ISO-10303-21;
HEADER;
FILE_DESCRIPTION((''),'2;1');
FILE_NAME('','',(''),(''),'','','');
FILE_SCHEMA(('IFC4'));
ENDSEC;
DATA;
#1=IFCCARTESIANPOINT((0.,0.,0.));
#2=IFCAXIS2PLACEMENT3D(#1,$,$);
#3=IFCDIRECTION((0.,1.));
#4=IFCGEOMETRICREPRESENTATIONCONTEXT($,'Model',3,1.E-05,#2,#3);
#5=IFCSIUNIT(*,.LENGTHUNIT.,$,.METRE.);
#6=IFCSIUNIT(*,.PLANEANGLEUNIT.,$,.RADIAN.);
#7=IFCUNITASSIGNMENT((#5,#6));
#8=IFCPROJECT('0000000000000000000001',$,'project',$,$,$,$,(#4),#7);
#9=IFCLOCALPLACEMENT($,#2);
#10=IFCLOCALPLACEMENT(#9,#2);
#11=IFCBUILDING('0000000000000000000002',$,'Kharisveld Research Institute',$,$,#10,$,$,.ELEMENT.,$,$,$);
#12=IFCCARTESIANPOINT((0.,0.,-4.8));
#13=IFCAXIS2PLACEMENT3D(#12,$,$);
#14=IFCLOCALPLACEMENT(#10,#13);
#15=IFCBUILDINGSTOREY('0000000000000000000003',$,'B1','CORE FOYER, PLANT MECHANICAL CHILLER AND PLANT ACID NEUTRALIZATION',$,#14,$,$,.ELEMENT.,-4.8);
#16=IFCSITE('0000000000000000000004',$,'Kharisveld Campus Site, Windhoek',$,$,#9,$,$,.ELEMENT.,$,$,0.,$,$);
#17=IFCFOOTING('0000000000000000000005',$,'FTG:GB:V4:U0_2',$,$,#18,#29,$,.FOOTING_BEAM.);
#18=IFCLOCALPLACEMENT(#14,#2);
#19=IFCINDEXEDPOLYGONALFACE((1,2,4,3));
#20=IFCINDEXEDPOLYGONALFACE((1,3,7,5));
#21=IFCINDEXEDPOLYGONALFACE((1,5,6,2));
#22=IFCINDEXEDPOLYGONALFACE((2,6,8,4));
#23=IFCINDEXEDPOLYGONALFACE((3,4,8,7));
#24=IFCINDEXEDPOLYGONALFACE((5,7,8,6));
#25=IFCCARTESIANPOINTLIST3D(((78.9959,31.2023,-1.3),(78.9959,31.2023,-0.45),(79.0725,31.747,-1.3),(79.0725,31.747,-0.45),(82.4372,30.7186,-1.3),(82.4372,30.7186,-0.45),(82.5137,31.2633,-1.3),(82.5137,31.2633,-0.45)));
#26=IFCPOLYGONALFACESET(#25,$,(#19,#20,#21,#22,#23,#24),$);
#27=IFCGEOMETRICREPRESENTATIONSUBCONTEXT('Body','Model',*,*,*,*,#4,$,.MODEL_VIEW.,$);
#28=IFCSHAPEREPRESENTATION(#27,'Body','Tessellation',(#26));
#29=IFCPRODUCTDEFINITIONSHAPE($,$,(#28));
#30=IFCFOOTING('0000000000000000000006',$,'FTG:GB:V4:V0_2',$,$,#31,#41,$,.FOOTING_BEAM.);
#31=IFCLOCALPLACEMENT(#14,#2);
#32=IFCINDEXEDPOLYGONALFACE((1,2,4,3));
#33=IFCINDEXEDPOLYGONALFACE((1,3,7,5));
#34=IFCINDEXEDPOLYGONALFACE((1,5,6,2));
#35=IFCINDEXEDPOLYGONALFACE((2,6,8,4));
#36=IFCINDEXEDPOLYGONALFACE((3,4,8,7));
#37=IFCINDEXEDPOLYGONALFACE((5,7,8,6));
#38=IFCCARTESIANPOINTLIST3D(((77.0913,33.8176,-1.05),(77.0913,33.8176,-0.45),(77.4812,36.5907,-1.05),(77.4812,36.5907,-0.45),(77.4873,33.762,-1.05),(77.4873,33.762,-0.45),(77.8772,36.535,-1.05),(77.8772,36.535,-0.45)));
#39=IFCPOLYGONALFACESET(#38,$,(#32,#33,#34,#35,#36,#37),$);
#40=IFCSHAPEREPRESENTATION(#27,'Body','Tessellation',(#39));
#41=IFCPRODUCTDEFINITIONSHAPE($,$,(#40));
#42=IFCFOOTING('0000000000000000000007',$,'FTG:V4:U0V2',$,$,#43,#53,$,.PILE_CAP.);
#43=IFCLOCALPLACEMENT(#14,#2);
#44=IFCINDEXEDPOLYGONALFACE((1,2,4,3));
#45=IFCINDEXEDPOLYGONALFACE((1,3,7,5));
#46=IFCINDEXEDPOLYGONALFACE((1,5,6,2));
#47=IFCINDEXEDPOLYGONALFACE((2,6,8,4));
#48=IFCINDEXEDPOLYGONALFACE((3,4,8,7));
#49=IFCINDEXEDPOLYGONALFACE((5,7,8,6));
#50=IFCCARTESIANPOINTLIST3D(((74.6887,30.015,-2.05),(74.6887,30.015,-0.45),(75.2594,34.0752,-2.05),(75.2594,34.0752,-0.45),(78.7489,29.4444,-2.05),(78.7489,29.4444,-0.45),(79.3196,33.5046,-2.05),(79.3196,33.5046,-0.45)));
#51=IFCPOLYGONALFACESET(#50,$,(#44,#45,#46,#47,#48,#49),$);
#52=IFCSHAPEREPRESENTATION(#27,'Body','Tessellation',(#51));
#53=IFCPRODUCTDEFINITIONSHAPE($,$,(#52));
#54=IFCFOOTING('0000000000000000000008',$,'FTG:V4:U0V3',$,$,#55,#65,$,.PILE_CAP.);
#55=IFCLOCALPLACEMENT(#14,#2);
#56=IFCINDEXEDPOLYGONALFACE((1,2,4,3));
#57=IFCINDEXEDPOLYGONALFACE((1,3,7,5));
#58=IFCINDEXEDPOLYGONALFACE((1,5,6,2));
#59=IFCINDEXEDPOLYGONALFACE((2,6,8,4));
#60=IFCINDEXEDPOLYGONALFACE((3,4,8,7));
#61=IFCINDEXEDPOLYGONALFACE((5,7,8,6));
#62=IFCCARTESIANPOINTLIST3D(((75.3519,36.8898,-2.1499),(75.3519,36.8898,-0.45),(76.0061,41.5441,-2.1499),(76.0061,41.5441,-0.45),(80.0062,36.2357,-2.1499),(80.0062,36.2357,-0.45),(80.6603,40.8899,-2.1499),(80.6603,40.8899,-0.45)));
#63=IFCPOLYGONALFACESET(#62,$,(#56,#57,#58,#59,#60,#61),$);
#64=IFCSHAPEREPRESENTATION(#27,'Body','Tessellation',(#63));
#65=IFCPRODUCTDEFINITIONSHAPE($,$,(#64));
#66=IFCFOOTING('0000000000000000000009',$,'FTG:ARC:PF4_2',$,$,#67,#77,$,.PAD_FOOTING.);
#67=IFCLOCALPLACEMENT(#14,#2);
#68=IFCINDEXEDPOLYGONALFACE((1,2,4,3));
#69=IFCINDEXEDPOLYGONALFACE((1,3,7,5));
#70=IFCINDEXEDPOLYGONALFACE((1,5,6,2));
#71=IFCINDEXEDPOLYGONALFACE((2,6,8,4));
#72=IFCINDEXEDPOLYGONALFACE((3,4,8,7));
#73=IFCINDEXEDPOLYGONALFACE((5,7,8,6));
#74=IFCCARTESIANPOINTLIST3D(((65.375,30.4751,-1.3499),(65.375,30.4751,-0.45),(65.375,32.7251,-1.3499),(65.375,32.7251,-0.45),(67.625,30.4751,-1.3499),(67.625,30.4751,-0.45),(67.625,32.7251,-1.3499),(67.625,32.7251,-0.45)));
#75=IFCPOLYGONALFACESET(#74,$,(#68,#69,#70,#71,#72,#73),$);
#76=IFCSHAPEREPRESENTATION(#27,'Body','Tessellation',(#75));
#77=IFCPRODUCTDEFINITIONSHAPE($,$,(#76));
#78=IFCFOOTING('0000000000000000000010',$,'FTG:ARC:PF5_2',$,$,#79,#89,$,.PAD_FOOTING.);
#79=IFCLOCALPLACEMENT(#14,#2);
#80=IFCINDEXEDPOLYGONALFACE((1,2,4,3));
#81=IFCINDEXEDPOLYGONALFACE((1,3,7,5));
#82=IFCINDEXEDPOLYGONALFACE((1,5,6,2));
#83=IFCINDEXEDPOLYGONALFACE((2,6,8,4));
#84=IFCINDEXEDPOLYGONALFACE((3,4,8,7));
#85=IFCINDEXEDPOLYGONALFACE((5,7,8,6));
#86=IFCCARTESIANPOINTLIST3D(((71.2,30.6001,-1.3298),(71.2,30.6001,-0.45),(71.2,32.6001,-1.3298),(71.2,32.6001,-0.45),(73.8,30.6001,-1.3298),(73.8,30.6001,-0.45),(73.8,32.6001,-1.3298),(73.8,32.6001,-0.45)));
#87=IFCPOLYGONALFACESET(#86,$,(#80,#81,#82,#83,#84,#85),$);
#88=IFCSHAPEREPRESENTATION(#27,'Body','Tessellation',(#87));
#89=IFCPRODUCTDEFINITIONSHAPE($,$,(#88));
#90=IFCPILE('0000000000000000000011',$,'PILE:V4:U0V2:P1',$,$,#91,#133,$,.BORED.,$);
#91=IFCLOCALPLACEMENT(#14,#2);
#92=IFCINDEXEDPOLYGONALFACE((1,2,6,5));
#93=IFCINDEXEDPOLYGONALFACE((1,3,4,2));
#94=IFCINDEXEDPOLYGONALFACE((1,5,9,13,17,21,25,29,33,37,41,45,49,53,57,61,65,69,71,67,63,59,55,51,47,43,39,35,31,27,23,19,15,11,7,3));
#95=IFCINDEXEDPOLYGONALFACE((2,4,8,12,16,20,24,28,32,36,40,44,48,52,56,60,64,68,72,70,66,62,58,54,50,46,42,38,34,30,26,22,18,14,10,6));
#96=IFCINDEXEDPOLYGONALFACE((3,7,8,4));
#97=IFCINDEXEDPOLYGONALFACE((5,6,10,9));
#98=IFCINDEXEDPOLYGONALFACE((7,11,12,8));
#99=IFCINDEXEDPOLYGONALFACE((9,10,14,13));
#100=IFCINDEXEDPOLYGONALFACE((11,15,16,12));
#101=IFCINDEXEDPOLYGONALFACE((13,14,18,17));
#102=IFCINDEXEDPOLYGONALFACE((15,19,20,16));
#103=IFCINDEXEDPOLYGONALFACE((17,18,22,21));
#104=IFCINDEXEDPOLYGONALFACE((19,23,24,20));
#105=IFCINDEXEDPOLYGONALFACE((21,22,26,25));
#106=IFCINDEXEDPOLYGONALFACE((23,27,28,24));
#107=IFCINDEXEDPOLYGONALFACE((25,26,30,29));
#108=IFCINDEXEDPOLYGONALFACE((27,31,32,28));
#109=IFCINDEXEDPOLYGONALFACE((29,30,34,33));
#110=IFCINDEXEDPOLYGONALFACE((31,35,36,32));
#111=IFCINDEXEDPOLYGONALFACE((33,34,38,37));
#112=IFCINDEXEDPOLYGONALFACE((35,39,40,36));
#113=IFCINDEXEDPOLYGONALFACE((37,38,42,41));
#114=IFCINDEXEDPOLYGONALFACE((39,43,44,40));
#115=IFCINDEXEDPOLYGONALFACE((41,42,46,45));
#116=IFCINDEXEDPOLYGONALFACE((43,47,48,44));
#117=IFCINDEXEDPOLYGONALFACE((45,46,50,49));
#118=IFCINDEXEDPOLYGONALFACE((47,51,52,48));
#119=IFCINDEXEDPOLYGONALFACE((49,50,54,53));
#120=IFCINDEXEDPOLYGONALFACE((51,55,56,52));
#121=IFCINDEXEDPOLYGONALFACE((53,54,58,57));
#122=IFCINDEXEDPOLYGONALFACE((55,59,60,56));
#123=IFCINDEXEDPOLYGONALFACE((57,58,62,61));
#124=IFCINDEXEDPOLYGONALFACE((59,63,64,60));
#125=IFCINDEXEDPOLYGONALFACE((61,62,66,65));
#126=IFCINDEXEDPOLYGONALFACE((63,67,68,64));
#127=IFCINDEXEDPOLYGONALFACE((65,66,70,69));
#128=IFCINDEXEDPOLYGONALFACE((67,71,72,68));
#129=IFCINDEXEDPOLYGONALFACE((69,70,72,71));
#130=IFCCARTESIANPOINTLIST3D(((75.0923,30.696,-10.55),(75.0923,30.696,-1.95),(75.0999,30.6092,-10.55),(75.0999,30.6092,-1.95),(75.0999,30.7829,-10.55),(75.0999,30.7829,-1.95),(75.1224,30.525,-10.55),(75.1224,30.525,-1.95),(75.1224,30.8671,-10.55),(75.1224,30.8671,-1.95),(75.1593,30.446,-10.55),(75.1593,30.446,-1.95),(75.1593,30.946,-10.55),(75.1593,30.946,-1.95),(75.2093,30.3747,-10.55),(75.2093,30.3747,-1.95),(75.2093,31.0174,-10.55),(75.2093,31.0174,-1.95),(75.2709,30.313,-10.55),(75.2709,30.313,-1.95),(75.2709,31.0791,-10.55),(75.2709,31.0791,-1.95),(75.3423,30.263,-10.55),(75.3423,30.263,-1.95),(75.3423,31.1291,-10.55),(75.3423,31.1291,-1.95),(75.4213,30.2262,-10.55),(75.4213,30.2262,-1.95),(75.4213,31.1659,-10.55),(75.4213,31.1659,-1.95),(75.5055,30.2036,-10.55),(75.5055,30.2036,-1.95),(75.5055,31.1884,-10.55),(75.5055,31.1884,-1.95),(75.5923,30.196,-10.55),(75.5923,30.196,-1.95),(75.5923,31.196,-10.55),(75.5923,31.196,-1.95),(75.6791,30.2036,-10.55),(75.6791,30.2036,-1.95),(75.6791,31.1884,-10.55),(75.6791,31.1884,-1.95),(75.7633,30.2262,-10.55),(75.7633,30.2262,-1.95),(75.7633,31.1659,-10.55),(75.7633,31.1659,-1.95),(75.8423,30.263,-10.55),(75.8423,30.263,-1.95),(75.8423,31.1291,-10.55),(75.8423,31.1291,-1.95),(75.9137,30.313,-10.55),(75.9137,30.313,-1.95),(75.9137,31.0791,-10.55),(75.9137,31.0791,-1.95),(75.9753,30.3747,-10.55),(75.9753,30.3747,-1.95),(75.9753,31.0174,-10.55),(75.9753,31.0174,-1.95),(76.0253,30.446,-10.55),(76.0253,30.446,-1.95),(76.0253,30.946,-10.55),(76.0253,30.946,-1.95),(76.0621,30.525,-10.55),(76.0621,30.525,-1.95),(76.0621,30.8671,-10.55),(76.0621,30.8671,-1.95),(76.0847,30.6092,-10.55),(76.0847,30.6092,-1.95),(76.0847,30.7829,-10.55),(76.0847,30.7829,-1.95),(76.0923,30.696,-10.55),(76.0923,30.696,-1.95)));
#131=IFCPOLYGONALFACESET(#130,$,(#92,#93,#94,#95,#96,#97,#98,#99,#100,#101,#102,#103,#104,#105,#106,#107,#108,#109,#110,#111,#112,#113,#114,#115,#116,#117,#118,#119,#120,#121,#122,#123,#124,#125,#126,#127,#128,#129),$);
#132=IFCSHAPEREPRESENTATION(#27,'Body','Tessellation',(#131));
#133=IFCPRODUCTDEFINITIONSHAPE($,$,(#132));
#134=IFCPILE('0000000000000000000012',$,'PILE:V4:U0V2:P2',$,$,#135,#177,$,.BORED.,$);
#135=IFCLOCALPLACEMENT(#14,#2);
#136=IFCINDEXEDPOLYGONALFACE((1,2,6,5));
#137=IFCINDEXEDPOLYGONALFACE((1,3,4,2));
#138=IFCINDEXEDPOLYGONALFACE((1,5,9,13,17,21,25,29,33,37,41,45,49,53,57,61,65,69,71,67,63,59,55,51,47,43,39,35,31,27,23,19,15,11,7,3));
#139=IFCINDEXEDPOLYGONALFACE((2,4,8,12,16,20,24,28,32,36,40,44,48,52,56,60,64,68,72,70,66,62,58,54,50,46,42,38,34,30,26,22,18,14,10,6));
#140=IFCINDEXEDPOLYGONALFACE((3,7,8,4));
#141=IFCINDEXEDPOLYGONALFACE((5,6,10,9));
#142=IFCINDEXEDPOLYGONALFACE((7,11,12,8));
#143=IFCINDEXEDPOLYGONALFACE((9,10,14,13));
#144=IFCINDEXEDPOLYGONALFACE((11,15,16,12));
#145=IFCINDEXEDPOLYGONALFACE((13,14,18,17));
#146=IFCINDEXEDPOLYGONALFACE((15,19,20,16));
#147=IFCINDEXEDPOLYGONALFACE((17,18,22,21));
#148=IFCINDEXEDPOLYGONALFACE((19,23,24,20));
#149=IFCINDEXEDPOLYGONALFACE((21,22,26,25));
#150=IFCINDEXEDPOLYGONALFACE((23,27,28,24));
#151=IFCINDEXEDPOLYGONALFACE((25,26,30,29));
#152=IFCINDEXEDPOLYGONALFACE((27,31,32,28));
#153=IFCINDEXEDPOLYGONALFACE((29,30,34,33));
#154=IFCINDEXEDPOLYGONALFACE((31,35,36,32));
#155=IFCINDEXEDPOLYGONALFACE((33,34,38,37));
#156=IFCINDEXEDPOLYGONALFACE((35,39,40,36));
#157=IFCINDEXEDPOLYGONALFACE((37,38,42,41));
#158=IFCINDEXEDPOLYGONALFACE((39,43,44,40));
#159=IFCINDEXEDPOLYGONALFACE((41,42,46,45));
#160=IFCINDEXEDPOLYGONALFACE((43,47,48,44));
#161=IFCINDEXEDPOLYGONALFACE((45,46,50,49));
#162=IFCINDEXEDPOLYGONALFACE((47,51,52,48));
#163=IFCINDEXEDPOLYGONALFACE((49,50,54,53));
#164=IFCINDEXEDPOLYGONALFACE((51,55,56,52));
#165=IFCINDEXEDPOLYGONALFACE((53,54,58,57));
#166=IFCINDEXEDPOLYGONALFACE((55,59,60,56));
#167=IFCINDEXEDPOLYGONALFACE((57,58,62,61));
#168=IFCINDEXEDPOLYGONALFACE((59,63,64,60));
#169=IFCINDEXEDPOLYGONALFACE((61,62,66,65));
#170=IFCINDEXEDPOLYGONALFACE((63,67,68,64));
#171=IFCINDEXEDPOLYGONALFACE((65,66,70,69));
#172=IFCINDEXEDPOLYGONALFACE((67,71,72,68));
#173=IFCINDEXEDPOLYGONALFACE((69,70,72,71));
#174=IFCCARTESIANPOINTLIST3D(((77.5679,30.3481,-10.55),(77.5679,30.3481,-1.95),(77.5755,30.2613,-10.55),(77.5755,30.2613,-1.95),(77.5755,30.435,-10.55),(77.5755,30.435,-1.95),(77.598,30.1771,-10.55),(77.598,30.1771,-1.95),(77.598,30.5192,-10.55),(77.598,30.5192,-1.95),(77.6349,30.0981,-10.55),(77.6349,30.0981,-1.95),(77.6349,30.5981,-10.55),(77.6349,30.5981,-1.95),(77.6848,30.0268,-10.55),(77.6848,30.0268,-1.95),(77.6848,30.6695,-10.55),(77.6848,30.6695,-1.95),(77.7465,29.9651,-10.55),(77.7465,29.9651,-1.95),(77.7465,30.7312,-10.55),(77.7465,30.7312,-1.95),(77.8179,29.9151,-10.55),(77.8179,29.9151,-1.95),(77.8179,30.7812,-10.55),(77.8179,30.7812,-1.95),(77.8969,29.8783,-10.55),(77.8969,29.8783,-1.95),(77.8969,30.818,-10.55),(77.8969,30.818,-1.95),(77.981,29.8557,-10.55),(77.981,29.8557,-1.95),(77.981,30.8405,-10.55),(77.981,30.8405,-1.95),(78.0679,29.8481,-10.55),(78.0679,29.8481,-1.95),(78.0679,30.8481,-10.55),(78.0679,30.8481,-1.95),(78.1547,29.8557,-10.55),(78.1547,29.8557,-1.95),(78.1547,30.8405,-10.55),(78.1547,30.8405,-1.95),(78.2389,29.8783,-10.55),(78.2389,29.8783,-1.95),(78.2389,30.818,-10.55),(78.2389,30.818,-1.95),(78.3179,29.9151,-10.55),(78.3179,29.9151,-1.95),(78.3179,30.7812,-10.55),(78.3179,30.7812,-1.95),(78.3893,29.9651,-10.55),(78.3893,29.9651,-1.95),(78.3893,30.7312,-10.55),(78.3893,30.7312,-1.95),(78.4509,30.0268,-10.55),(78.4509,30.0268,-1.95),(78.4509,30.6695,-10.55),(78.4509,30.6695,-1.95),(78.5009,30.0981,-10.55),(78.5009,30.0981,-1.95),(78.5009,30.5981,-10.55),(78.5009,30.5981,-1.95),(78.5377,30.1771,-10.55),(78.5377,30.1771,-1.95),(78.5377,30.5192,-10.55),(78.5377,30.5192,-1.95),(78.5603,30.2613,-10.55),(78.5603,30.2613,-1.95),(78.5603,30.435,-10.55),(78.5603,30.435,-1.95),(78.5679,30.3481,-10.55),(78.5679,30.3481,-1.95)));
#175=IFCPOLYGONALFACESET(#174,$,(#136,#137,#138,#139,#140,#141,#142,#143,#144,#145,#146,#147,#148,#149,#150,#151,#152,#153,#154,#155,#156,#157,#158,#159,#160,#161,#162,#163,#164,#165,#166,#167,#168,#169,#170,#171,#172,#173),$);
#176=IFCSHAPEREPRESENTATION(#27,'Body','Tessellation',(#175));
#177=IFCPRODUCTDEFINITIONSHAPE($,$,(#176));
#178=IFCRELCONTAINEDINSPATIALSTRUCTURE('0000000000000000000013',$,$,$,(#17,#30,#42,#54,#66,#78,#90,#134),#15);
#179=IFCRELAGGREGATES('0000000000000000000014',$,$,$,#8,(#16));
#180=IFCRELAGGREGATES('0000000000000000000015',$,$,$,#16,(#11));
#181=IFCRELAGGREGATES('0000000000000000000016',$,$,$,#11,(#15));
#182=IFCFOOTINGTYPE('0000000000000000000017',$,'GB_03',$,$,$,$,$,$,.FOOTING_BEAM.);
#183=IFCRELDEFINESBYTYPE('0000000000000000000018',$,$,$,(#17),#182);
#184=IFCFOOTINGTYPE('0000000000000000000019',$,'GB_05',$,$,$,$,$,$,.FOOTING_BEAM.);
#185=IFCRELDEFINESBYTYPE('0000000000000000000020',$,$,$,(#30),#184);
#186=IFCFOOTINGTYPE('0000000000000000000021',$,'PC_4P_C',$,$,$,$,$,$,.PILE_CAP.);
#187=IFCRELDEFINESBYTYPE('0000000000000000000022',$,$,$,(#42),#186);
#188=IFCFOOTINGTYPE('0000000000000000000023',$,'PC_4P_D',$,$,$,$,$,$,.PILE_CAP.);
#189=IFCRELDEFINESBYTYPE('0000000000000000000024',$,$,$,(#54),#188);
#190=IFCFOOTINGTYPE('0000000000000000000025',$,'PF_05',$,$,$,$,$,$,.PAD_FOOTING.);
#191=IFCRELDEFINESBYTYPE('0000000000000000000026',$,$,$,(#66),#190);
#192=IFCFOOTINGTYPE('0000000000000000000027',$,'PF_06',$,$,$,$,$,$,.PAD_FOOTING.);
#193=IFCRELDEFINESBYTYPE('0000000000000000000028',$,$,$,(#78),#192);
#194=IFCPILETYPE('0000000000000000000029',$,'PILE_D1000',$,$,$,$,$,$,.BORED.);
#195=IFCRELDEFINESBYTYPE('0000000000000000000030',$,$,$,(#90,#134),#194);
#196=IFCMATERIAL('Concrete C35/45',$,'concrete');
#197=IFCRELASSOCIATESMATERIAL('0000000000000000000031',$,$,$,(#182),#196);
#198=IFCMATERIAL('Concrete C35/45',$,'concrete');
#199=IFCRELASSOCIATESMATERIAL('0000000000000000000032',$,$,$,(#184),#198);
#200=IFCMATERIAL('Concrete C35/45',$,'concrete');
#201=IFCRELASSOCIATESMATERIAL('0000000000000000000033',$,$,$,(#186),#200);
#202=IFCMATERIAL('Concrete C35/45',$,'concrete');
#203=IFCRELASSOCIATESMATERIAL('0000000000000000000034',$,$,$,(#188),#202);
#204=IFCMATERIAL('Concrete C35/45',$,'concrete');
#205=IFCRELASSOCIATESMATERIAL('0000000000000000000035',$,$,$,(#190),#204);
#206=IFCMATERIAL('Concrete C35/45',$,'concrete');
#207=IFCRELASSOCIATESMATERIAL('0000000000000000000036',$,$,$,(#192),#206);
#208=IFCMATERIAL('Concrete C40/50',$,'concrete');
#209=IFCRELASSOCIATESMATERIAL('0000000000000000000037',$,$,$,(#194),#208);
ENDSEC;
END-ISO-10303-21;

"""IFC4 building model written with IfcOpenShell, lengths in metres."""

from ifc_helpers import new_model, si_unit, direction, frame, origin, origin_2d, place, context, subcontext, project, spatial, rectangle, circle, extrude, material, material_profile, profile_set, type_object, element, save


model = new_model("IFC4")

# Units and contexts
model_context = context("Model", 3, precision=1e-05, world=origin(), true_north=direction((0.0, 1.0)))
body_context = subcontext(model_context, "Body", "Model", "MODEL_VIEW")
ifc_project = project(units=[si_unit("LENGTHUNIT", "METRE"), si_unit("PLANEANGLEUNIT", "RADIAN")], contexts=[model_context])

# Site, building, storey
site_placement = place(None, origin())
site = spatial("IfcSite", under=ifc_project, at=site_placement, Name="Kharisveld Campus Site, Windhoek", CompositionType="ELEMENT", RefElevation=0.0)
building_placement = place(site_placement, origin())
building = spatial("IfcBuilding", under=site, at=building_placement, Name="Kharisveld Research Institute", CompositionType="ELEMENT")
storey_placement = place(building_placement, frame((0.0, 0.0, -4.8)))
storey = spatial("IfcBuildingStorey", under=building, at=storey_placement, Name="B1", Description="CORE FOYER, PLANT MECHANICAL CHILLER AND PLANT ACID NEUTRALIZATION", CompositionType="ELEMENT", Elevation=-4.8)

# Footings
ifc_material_1 = material(Name="Concrete C35/45", Category="concrete")
ifc_material_profile_1 = material_profile(ifc_material_1, rectangle(XDim=0.55, YDim=0.8501, at=origin_2d()))
ifc_profile_set_1 = profile_set([ifc_material_profile_1], Name="Concrete C35/45")
footing_type_1 = type_object("IfcFootingType", Name="GB_03", PredefinedType="FOOTING_BEAM", material=ifc_profile_set_1)
footing_1_placement = place(storey_placement, frame((79.0342, 31.4746, -0.875), z_axis=(0.990267, -0.139178, 0.0), x_axis=(0.139178, 0.990267, 0.0)))
element("IfcFooting", 1, at=footing_1_placement, inside=storey, type_object=footing_type_1, Name="FTG:GB:V4:U0_2", PredefinedType="FOOTING_BEAM", context=body_context, shape_type="SweptSolid", body=[
    extrude(rectangle(XDim=0.55, YDim=0.8501, at=origin_2d()), origin(), (0.0, 0.0, 1.0), 3.4751),
])
ifc_material_2 = material(Name="Concrete C35/45", Category="concrete")
ifc_material_profile_2 = material_profile(ifc_material_2, rectangle(XDim=0.3999, YDim=0.6001, at=origin_2d()))
ifc_profile_set_2 = profile_set([ifc_material_profile_2], Name="Concrete C35/45")
footing_type_2 = type_object("IfcFootingType", Name="GB_05", PredefinedType="FOOTING_BEAM", material=ifc_profile_set_2)
footing_2_placement = place(storey_placement, frame((77.2893, 33.7898, -0.75), z_axis=(0.139236, 0.990259, 0.0), x_axis=(-0.990259, 0.139236, 0.0)))
element("IfcFooting", 2, at=footing_2_placement, inside=storey, type_object=footing_type_2, Name="FTG:GB:V4:V0_2", PredefinedType="FOOTING_BEAM", context=body_context, shape_type="SweptSolid", body=[
    extrude(rectangle(XDim=0.3999, YDim=0.6001, at=origin_2d()), origin(), (0.0, 0.0, 1.0), 2.8003),
])
ifc_material_3 = material(Name="Concrete C35/45", Category="concrete")
footing_type_3 = type_object("IfcFootingType", Name="PC_4P_C", PredefinedType="PILE_CAP", material=ifc_material_3)
footing_3_placement = place(storey_placement, frame((77.0042, 31.7598, -2.05), z_axis=(0.0, 0.0, 1.0), x_axis=(0.990268, -0.139173, 0.0)))
element("IfcFooting", 3, at=footing_3_placement, inside=storey, type_object=footing_type_3, Name="FTG:V4:U0V2", PredefinedType="PILE_CAP", context=body_context, shape_type="SweptSolid", body=[
    extrude(rectangle(XDim=4.1001, YDim=4.1001, at=origin_2d()), origin(), (0.0, 0.0, 1.0), 1.6001),
])
ifc_material_4 = material(Name="Concrete C35/45", Category="concrete")
footing_type_4 = type_object("IfcFootingType", Name="PC_4P_D", PredefinedType="PILE_CAP", material=ifc_material_4)
footing_4_placement = place(storey_placement, frame((78.0061, 38.8899, -2.1499), z_axis=(0.0, 0.0, 1.0), x_axis=(0.990268, -0.139173, 0.0)))
element("IfcFooting", 4, at=footing_4_placement, inside=storey, type_object=footing_type_4, Name="FTG:V4:U0V3", PredefinedType="PILE_CAP", context=body_context, shape_type="SweptSolid", body=[
    extrude(rectangle(XDim=4.7, YDim=4.7, at=origin_2d()), origin(), (0.0, 0.0, 1.0), 1.7),
])
ifc_material_5 = material(Name="Concrete C35/45", Category="concrete")
footing_type_5 = type_object("IfcFootingType", Name="PF_05", PredefinedType="PAD_FOOTING", material=ifc_material_5)
footing_5_placement = place(storey_placement, frame((66.5, 31.6001, -1.3499), z_axis=(0.0, 0.0, 1.0), x_axis=(1.0, 0.0, 0.0)))
element("IfcFooting", 5, at=footing_5_placement, inside=storey, type_object=footing_type_5, Name="FTG:ARC:PF4_2", PredefinedType="PAD_FOOTING", context=body_context, shape_type="SweptSolid", body=[
    extrude(rectangle(XDim=2.25, YDim=2.25, at=origin_2d()), origin(), (0.0, 0.0, 1.0), 0.8999),
])
ifc_material_6 = material(Name="Concrete C35/45", Category="concrete")
footing_type_6 = type_object("IfcFootingType", Name="PF_06", PredefinedType="PAD_FOOTING", material=ifc_material_6)
footing_6_placement = place(storey_placement, frame((72.5, 31.6001, -1.3298), z_axis=(0.0, 0.0, 1.0), x_axis=(1.0, 0.0, 0.0)))
element("IfcFooting", 6, at=footing_6_placement, inside=storey, type_object=footing_type_6, Name="FTG:ARC:PF5_2", PredefinedType="PAD_FOOTING", context=body_context, shape_type="SweptSolid", body=[
    extrude(rectangle(XDim=2.6001, YDim=2.0, at=origin_2d()), origin(), (0.0, 0.0, 1.0), 0.8799),
])

# Piles
ifc_material_7 = material(Name="Concrete C40/50", Category="concrete")
ifc_material_profile_3 = material_profile(ifc_material_7, circle(Radius=0.5, at=origin_2d()))
ifc_profile_set_3 = profile_set([ifc_material_profile_3], Name="Concrete C40/50")
pile_type_1 = type_object("IfcPileType", Name="PILE_D1000", PredefinedType="BORED", material=ifc_profile_set_3)
for number, where, z_axis, x_axis, name in (
    (7, (75.5923, 30.696, -1.95), (0.0, 0.0, -1.0), (1.0, 0.0, 0.0), "PILE:V4:U0V2:P1"),
    (8, (78.0679, 30.3481, -1.95), (0.0, 0.0, -1.0), (1.0, 0.0, 0.0), "PILE:V4:U0V2:P2"),
):
    element("IfcPile", number, at=place(storey_placement, frame(where, z_axis=z_axis, x_axis=x_axis)), inside=storey, type_object=pile_type_1, Name=name, PredefinedType="BORED", context=body_context, shape_type="SweptSolid", body=[
        extrude(circle(Radius=0.5, at=origin_2d()), origin(), (0.0, 0.0, 1.0), 8.6001),
    ])

save(model, "model.ifc")
